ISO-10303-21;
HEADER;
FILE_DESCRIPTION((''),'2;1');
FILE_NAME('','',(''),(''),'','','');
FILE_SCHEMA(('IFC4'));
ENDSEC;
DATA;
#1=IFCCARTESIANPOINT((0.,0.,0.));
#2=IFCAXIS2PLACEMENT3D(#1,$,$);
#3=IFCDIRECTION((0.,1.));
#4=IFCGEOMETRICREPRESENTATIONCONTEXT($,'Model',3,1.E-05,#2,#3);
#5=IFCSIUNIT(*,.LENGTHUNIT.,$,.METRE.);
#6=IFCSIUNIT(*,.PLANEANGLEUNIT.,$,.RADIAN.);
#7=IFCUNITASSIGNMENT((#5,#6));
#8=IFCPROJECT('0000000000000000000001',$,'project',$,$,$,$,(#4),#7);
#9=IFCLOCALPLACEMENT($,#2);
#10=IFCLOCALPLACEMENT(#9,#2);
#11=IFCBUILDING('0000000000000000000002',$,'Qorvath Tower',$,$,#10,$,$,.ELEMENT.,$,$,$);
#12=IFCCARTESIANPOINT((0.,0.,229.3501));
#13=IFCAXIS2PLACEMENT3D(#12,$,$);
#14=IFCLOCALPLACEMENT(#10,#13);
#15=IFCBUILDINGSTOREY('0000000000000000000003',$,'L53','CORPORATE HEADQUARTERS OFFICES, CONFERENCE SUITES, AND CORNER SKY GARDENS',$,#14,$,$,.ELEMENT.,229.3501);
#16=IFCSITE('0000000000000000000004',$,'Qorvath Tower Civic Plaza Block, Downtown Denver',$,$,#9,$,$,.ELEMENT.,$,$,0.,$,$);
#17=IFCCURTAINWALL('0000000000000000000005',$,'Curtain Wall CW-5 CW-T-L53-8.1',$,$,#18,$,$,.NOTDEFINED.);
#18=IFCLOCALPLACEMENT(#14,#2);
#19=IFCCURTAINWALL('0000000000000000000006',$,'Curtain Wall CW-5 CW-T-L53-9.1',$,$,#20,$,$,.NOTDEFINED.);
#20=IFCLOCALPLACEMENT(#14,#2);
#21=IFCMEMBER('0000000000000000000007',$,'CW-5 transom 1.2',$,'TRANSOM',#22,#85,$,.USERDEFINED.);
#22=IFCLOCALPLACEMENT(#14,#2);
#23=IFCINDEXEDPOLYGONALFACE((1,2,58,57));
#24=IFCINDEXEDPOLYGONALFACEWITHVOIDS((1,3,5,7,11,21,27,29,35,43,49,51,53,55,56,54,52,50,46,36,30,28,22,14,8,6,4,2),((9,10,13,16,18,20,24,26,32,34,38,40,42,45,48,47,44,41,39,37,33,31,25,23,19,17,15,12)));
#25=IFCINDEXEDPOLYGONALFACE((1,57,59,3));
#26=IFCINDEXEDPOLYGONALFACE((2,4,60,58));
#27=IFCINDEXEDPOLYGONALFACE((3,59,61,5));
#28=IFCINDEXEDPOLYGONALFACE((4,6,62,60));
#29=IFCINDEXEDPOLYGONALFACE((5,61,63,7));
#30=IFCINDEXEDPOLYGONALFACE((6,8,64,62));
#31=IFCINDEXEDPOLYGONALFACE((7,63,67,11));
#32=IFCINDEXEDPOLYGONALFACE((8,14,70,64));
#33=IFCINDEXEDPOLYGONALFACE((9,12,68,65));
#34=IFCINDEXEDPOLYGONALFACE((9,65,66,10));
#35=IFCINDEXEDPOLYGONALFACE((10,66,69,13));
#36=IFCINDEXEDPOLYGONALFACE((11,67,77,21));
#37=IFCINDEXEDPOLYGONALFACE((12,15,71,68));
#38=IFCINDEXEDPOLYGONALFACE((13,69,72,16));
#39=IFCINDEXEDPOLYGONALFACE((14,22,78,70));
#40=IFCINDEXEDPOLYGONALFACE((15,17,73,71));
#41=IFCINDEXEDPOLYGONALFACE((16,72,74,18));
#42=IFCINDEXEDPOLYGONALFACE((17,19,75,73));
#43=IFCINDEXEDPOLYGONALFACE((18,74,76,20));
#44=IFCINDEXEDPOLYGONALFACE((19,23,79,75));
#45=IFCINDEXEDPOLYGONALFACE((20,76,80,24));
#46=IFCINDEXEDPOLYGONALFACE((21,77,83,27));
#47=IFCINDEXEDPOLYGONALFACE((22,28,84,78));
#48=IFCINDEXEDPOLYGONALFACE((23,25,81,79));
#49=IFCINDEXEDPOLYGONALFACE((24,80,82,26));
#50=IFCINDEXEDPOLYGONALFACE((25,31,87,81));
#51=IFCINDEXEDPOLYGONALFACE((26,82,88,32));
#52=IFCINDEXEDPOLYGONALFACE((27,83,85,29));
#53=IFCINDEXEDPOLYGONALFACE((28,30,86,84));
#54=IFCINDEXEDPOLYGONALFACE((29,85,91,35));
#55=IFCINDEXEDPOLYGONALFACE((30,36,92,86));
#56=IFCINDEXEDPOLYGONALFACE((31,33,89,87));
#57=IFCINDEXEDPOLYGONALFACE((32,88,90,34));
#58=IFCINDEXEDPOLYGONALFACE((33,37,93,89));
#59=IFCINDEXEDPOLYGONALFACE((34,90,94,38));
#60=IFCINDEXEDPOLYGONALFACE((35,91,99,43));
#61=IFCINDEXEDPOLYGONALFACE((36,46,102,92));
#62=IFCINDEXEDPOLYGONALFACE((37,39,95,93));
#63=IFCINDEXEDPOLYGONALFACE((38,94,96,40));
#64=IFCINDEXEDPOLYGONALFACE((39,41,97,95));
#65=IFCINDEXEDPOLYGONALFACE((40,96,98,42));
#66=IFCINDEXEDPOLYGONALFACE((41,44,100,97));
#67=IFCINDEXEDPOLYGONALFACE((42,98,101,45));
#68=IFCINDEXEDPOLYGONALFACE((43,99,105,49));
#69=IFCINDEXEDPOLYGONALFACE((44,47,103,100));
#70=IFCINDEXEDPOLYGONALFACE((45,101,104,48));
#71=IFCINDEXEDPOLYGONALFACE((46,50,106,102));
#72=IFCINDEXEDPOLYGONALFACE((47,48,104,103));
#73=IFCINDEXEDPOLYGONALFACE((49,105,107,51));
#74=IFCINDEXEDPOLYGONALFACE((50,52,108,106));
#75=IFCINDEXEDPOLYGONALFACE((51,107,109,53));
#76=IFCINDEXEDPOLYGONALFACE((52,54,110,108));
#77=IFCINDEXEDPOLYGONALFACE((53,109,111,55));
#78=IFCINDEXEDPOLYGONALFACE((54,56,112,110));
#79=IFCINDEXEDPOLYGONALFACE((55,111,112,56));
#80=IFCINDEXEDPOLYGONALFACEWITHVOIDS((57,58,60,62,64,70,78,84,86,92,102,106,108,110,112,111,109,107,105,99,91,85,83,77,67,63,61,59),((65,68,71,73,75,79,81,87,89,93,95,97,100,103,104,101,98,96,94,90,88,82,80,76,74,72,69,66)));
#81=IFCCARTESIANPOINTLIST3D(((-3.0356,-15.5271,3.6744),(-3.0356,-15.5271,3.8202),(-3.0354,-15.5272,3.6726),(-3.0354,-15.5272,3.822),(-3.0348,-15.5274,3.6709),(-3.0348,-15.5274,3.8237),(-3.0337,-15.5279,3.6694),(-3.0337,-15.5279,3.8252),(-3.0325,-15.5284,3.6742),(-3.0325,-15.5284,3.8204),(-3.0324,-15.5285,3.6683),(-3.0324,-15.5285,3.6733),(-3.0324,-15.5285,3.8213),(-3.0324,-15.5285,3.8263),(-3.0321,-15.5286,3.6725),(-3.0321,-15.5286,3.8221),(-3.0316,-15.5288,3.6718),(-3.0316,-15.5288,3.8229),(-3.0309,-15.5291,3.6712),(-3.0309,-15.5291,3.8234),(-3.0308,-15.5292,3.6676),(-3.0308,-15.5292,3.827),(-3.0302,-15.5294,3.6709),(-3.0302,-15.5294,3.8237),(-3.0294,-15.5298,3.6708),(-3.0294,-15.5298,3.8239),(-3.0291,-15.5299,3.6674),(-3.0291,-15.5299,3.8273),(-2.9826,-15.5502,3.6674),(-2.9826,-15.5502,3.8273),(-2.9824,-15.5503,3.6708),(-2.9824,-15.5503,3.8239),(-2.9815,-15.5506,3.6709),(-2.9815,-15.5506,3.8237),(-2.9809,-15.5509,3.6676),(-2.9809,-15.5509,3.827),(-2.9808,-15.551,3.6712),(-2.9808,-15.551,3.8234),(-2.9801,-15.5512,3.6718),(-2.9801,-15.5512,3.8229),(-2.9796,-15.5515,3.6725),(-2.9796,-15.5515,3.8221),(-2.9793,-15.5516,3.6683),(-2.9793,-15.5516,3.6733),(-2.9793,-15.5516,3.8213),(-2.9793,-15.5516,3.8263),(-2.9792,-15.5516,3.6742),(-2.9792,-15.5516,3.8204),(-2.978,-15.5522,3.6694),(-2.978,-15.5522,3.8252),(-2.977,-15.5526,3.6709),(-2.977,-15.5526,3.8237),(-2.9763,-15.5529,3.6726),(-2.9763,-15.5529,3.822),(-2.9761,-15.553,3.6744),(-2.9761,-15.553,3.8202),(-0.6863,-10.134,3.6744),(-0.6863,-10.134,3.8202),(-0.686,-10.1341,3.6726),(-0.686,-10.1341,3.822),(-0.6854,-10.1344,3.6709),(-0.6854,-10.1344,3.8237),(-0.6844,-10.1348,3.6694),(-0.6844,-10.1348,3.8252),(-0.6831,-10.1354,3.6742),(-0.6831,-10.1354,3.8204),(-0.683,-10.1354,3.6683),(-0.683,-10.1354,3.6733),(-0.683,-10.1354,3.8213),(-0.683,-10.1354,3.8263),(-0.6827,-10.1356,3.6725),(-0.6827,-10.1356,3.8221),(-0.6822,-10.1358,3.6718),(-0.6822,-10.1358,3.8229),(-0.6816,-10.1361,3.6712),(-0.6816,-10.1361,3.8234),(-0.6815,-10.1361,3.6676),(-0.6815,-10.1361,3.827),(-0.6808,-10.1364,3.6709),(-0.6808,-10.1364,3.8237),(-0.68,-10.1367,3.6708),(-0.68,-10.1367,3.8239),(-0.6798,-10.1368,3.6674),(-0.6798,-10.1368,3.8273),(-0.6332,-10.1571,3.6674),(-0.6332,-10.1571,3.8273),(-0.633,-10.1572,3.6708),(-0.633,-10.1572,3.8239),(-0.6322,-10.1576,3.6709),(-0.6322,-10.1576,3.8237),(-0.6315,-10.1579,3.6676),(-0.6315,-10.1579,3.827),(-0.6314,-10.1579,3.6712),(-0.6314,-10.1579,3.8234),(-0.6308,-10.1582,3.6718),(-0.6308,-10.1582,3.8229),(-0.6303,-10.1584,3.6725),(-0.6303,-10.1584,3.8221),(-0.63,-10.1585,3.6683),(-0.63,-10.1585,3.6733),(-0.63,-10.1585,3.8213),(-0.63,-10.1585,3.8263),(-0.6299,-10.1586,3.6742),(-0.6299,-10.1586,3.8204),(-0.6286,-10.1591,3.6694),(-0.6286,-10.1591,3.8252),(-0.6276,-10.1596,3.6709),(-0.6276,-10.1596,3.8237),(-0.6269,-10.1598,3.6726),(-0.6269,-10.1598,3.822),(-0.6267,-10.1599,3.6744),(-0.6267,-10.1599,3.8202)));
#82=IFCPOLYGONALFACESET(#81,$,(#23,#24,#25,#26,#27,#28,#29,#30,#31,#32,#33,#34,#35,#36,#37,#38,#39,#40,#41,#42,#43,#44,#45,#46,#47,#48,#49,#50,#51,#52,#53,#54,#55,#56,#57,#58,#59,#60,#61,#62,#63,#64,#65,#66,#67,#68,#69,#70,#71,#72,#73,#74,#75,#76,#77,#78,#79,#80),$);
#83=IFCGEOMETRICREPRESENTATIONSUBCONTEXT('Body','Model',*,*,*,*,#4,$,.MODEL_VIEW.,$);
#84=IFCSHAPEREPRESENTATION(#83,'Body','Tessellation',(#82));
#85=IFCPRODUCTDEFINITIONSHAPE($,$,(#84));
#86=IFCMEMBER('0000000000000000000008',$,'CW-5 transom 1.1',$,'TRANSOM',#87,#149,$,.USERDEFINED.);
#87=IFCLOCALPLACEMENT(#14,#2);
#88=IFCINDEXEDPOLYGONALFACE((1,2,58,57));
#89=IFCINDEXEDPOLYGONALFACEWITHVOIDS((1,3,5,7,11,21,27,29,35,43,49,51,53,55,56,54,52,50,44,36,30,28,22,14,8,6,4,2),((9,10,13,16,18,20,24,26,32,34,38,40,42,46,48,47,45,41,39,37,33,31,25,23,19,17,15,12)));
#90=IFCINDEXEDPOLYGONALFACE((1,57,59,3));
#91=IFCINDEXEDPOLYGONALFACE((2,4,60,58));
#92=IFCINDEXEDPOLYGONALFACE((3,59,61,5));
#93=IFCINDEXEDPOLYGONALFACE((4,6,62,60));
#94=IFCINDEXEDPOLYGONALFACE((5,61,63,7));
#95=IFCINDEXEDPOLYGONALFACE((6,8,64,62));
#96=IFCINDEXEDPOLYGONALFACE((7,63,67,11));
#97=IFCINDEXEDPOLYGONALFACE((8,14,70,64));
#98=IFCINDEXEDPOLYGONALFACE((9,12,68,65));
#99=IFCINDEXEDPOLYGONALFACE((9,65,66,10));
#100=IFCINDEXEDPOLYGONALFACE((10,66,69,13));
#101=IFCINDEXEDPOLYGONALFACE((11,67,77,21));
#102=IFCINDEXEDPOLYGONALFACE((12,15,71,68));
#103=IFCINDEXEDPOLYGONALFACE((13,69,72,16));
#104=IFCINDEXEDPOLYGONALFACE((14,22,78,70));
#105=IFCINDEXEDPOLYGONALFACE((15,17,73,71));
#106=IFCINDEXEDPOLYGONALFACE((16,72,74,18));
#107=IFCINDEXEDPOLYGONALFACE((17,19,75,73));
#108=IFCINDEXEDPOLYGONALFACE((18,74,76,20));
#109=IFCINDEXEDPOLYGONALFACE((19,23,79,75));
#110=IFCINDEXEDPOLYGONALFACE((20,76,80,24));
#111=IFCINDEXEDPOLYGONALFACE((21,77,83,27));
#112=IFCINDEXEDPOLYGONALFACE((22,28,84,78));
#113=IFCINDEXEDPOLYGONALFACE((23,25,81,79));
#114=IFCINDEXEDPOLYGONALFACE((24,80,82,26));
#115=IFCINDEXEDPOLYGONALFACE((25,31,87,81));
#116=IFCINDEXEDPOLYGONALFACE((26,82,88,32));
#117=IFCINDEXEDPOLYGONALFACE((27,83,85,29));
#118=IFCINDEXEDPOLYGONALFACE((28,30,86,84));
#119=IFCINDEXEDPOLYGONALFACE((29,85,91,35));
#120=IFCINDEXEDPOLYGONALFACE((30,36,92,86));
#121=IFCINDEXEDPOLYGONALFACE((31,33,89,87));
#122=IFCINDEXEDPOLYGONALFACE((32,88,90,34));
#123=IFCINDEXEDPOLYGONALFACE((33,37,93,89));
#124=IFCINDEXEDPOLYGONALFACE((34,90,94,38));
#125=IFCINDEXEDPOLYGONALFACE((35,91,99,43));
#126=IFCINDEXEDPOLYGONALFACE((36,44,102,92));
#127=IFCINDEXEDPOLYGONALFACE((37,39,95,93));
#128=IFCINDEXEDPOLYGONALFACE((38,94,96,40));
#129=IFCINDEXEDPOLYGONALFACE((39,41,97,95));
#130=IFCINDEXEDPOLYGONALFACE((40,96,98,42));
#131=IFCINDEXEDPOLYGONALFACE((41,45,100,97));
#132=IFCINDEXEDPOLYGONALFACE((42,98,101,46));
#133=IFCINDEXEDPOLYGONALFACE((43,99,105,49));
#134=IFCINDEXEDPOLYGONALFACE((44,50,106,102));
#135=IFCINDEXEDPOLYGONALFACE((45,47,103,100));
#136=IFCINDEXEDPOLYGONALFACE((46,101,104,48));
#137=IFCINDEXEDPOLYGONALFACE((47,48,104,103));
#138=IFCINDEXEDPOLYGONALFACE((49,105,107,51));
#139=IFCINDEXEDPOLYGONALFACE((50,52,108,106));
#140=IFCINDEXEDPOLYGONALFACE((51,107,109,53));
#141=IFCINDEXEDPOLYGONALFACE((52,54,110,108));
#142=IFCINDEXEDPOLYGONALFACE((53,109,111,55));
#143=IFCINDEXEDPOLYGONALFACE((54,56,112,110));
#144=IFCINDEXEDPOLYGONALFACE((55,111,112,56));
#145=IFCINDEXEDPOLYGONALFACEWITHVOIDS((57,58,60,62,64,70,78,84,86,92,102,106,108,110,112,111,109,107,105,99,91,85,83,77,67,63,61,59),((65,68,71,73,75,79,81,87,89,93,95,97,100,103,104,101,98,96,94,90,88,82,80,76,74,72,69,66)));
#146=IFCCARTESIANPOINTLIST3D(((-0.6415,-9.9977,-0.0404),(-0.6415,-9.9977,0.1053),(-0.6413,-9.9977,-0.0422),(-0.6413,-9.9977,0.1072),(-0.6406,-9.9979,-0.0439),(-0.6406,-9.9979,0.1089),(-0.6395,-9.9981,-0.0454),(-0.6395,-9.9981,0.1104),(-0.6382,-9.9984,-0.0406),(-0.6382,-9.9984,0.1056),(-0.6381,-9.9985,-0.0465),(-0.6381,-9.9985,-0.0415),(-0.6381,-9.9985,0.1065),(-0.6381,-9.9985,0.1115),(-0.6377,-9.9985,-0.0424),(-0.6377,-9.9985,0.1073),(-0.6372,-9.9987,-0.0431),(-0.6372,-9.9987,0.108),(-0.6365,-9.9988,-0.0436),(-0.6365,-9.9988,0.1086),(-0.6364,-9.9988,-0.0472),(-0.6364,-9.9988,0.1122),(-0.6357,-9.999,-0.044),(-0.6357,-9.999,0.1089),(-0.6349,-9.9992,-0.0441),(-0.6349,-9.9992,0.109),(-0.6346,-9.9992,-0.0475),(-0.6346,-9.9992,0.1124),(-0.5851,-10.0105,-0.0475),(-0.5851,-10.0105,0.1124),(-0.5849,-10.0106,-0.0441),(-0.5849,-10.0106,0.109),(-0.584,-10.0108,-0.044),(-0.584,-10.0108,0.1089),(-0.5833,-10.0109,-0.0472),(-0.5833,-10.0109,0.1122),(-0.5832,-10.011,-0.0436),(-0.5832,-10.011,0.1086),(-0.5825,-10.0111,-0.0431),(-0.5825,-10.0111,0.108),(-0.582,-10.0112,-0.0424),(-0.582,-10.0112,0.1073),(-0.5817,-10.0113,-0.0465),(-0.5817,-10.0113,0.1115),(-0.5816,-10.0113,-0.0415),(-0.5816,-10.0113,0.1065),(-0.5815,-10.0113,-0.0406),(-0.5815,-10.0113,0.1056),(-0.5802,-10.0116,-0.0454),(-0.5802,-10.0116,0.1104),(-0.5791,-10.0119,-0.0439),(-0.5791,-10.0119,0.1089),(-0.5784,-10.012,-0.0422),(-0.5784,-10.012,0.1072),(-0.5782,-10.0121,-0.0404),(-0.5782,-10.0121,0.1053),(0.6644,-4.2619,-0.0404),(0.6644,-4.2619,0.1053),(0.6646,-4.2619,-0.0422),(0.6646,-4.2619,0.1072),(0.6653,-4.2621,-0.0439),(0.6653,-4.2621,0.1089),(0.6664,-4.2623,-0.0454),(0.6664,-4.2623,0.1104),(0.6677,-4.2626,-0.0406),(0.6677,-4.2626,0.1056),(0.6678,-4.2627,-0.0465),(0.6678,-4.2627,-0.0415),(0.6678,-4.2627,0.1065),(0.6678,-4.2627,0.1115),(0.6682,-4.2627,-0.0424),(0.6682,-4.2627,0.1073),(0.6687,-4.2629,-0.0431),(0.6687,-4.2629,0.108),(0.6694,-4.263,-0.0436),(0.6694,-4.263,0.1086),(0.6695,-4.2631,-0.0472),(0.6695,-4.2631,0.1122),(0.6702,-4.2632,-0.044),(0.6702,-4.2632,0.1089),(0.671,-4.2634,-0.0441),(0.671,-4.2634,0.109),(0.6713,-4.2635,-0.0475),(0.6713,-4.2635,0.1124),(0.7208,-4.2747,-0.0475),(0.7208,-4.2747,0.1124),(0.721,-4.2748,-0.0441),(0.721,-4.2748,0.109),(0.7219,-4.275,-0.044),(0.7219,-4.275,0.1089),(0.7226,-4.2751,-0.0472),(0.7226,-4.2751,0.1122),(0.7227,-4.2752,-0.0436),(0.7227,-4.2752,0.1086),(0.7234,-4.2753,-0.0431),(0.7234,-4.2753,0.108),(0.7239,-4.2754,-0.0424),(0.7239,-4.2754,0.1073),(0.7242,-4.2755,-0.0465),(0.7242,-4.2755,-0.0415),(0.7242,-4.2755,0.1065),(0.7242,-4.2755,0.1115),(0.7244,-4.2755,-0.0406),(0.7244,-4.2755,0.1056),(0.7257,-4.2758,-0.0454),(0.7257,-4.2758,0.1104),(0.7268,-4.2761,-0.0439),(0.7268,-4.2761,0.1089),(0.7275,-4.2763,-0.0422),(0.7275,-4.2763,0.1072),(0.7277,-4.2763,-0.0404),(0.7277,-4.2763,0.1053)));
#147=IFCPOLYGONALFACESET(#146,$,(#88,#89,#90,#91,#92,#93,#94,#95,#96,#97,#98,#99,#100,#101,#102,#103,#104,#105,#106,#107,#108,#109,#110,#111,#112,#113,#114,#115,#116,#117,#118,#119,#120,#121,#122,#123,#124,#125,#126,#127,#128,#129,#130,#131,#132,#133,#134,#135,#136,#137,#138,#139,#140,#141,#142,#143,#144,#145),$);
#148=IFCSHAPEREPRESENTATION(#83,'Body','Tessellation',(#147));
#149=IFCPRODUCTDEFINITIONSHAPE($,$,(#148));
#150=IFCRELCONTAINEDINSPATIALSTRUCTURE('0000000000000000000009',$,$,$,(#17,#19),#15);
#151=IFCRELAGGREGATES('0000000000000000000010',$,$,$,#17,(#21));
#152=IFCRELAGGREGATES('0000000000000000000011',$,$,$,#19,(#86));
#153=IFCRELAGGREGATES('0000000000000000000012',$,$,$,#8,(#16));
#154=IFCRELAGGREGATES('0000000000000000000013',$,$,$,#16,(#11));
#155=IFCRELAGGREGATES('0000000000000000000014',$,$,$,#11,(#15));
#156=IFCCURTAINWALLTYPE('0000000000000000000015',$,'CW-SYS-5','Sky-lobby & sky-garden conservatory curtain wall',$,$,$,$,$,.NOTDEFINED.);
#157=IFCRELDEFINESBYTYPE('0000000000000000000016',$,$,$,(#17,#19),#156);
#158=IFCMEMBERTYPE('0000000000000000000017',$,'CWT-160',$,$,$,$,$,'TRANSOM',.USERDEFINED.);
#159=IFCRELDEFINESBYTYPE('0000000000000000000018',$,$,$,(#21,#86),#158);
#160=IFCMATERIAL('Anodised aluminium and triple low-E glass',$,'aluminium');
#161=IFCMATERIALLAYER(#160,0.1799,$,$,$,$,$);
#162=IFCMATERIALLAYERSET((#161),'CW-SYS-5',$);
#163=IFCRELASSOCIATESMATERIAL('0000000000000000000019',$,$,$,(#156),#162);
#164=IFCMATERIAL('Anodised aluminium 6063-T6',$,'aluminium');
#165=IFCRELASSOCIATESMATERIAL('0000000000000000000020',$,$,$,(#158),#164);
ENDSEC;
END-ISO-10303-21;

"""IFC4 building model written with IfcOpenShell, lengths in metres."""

from ifc_helpers import new_model, si_unit, direction, frame, origin, origin_2d, place, context, subcontext, project, spatial, hollow_rectangle, extrude, material, layer, layer_set, material_profile, profile_set, type_object, element, aggregate, save


model = new_model("IFC4")

# Units and contexts
model_context = context("Model", 3, precision=1e-05, world=origin(), true_north=direction((0.0, 1.0)))
body_context = subcontext(model_context, "Body", "Model", "MODEL_VIEW")
ifc_project = project(units=[si_unit("LENGTHUNIT", "METRE"), si_unit("PLANEANGLEUNIT", "RADIAN")], contexts=[model_context])

# Site, building, storey
site_placement = place(None, origin())
site = spatial("IfcSite", under=ifc_project, at=site_placement, Name="Qorvath Tower Civic Plaza Block, Downtown Denver", CompositionType="ELEMENT", RefElevation=0.0)
building_placement = place(site_placement, origin())
building = spatial("IfcBuilding", under=site, at=building_placement, Name="Qorvath Tower", CompositionType="ELEMENT")
storey_placement = place(building_placement, frame((0.0, 0.0, 229.3501)))
storey = spatial("IfcBuildingStorey", under=building, at=storey_placement, Name="L53", Description="CORPORATE HEADQUARTERS OFFICES, CONFERENCE SUITES, AND CORNER SKY GARDENS", CompositionType="ELEMENT", Elevation=229.3501)

# Curtain walls
ifc_material_1 = material(Name="Anodised aluminium and triple low-E glass", Category="aluminium")
ifc_layer_1 = layer(ifc_material_1, 0.1799)
ifc_layer_set_1 = layer_set([ifc_layer_1], Name="CW-SYS-5")
curtain_wall_type = type_object("IfcCurtainWallType", Name="CW-SYS-5", Description="Sky-lobby & sky-garden conservatory curtain wall", PredefinedType="NOTDEFINED", material=ifc_layer_set_1)
curtain_wall_1_placement = place(storey_placement, origin())
curtain_wall_1 = element("IfcCurtainWall", 1, at=curtain_wall_1_placement, inside=storey, type_object=curtain_wall_type, Name="Curtain Wall CW-5 CW-T-L53-8.1", PredefinedType="NOTDEFINED")
curtain_wall_2_placement = place(storey_placement, origin())
curtain_wall_2 = element("IfcCurtainWall", 2, at=curtain_wall_2_placement, inside=storey, type_object=curtain_wall_type, Name="Curtain Wall CW-5 CW-T-L53-9.1", PredefinedType="NOTDEFINED")

# Members
ifc_material_2 = material(Name="Anodised aluminium 6063-T6", Category="aluminium")
ifc_material_profile_1 = material_profile(ifc_material_2, hollow_rectangle(XDim=0.0649, YDim=0.1599, WallThickness=0.0034, InnerFilletRadius=0.0034, OuterFilletRadius=0.0071, at=origin_2d()), Name="CWT 160x65")
ifc_profile_set_1 = profile_set([ifc_material_profile_1], Name="Anodised aluminium 6063-T6")
member_type_1 = type_object("IfcMemberType", Name="CWT-160", ElementType="TRANSOM", PredefinedType="USERDEFINED", material=ifc_profile_set_1)
member_1_placement = place(storey_placement, frame((-3.0059, -15.54, 3.7473), z_axis=(0.399377, 0.916787, 0.0), x_axis=(-0.916787, 0.399377, 0.0)))
member_1 = element("IfcMember", 3, at=member_1_placement, type_object=member_type_1, Name="CW-5 transom 1.2", ObjectType="TRANSOM", PredefinedType="USERDEFINED", context=body_context, shape_type="SweptSolid", body=[
    extrude(hollow_rectangle(XDim=0.0649, YDim=0.1599, WallThickness=0.0034, InnerFilletRadius=0.0034, OuterFilletRadius=0.0071, at=origin_2d()), origin(), (0.0, 0.0, 1.0), 5.8826),
])
member_2_placement = place(storey_placement, frame((-0.6099, -10.0049, 0.0325), z_axis=(0.221994, 0.975048, 0.0), x_axis=(-0.975048, 0.221994, 0.0)))
member_2 = element("IfcMember", 4, at=member_2_placement, type_object=member_type_1, Name="CW-5 transom 1.1", ObjectType="TRANSOM", PredefinedType="USERDEFINED", context=body_context, shape_type="SweptSolid", body=[
    extrude(hollow_rectangle(XDim=0.0649, YDim=0.1599, WallThickness=0.0034, InnerFilletRadius=0.0034, OuterFilletRadius=0.0071, at=origin_2d()), origin(), (0.0, 0.0, 1.0), 5.8826),
])

aggregate(curtain_wall_1, [member_1])
aggregate(curtain_wall_2, [member_2])

save(model, "model.ifc")
